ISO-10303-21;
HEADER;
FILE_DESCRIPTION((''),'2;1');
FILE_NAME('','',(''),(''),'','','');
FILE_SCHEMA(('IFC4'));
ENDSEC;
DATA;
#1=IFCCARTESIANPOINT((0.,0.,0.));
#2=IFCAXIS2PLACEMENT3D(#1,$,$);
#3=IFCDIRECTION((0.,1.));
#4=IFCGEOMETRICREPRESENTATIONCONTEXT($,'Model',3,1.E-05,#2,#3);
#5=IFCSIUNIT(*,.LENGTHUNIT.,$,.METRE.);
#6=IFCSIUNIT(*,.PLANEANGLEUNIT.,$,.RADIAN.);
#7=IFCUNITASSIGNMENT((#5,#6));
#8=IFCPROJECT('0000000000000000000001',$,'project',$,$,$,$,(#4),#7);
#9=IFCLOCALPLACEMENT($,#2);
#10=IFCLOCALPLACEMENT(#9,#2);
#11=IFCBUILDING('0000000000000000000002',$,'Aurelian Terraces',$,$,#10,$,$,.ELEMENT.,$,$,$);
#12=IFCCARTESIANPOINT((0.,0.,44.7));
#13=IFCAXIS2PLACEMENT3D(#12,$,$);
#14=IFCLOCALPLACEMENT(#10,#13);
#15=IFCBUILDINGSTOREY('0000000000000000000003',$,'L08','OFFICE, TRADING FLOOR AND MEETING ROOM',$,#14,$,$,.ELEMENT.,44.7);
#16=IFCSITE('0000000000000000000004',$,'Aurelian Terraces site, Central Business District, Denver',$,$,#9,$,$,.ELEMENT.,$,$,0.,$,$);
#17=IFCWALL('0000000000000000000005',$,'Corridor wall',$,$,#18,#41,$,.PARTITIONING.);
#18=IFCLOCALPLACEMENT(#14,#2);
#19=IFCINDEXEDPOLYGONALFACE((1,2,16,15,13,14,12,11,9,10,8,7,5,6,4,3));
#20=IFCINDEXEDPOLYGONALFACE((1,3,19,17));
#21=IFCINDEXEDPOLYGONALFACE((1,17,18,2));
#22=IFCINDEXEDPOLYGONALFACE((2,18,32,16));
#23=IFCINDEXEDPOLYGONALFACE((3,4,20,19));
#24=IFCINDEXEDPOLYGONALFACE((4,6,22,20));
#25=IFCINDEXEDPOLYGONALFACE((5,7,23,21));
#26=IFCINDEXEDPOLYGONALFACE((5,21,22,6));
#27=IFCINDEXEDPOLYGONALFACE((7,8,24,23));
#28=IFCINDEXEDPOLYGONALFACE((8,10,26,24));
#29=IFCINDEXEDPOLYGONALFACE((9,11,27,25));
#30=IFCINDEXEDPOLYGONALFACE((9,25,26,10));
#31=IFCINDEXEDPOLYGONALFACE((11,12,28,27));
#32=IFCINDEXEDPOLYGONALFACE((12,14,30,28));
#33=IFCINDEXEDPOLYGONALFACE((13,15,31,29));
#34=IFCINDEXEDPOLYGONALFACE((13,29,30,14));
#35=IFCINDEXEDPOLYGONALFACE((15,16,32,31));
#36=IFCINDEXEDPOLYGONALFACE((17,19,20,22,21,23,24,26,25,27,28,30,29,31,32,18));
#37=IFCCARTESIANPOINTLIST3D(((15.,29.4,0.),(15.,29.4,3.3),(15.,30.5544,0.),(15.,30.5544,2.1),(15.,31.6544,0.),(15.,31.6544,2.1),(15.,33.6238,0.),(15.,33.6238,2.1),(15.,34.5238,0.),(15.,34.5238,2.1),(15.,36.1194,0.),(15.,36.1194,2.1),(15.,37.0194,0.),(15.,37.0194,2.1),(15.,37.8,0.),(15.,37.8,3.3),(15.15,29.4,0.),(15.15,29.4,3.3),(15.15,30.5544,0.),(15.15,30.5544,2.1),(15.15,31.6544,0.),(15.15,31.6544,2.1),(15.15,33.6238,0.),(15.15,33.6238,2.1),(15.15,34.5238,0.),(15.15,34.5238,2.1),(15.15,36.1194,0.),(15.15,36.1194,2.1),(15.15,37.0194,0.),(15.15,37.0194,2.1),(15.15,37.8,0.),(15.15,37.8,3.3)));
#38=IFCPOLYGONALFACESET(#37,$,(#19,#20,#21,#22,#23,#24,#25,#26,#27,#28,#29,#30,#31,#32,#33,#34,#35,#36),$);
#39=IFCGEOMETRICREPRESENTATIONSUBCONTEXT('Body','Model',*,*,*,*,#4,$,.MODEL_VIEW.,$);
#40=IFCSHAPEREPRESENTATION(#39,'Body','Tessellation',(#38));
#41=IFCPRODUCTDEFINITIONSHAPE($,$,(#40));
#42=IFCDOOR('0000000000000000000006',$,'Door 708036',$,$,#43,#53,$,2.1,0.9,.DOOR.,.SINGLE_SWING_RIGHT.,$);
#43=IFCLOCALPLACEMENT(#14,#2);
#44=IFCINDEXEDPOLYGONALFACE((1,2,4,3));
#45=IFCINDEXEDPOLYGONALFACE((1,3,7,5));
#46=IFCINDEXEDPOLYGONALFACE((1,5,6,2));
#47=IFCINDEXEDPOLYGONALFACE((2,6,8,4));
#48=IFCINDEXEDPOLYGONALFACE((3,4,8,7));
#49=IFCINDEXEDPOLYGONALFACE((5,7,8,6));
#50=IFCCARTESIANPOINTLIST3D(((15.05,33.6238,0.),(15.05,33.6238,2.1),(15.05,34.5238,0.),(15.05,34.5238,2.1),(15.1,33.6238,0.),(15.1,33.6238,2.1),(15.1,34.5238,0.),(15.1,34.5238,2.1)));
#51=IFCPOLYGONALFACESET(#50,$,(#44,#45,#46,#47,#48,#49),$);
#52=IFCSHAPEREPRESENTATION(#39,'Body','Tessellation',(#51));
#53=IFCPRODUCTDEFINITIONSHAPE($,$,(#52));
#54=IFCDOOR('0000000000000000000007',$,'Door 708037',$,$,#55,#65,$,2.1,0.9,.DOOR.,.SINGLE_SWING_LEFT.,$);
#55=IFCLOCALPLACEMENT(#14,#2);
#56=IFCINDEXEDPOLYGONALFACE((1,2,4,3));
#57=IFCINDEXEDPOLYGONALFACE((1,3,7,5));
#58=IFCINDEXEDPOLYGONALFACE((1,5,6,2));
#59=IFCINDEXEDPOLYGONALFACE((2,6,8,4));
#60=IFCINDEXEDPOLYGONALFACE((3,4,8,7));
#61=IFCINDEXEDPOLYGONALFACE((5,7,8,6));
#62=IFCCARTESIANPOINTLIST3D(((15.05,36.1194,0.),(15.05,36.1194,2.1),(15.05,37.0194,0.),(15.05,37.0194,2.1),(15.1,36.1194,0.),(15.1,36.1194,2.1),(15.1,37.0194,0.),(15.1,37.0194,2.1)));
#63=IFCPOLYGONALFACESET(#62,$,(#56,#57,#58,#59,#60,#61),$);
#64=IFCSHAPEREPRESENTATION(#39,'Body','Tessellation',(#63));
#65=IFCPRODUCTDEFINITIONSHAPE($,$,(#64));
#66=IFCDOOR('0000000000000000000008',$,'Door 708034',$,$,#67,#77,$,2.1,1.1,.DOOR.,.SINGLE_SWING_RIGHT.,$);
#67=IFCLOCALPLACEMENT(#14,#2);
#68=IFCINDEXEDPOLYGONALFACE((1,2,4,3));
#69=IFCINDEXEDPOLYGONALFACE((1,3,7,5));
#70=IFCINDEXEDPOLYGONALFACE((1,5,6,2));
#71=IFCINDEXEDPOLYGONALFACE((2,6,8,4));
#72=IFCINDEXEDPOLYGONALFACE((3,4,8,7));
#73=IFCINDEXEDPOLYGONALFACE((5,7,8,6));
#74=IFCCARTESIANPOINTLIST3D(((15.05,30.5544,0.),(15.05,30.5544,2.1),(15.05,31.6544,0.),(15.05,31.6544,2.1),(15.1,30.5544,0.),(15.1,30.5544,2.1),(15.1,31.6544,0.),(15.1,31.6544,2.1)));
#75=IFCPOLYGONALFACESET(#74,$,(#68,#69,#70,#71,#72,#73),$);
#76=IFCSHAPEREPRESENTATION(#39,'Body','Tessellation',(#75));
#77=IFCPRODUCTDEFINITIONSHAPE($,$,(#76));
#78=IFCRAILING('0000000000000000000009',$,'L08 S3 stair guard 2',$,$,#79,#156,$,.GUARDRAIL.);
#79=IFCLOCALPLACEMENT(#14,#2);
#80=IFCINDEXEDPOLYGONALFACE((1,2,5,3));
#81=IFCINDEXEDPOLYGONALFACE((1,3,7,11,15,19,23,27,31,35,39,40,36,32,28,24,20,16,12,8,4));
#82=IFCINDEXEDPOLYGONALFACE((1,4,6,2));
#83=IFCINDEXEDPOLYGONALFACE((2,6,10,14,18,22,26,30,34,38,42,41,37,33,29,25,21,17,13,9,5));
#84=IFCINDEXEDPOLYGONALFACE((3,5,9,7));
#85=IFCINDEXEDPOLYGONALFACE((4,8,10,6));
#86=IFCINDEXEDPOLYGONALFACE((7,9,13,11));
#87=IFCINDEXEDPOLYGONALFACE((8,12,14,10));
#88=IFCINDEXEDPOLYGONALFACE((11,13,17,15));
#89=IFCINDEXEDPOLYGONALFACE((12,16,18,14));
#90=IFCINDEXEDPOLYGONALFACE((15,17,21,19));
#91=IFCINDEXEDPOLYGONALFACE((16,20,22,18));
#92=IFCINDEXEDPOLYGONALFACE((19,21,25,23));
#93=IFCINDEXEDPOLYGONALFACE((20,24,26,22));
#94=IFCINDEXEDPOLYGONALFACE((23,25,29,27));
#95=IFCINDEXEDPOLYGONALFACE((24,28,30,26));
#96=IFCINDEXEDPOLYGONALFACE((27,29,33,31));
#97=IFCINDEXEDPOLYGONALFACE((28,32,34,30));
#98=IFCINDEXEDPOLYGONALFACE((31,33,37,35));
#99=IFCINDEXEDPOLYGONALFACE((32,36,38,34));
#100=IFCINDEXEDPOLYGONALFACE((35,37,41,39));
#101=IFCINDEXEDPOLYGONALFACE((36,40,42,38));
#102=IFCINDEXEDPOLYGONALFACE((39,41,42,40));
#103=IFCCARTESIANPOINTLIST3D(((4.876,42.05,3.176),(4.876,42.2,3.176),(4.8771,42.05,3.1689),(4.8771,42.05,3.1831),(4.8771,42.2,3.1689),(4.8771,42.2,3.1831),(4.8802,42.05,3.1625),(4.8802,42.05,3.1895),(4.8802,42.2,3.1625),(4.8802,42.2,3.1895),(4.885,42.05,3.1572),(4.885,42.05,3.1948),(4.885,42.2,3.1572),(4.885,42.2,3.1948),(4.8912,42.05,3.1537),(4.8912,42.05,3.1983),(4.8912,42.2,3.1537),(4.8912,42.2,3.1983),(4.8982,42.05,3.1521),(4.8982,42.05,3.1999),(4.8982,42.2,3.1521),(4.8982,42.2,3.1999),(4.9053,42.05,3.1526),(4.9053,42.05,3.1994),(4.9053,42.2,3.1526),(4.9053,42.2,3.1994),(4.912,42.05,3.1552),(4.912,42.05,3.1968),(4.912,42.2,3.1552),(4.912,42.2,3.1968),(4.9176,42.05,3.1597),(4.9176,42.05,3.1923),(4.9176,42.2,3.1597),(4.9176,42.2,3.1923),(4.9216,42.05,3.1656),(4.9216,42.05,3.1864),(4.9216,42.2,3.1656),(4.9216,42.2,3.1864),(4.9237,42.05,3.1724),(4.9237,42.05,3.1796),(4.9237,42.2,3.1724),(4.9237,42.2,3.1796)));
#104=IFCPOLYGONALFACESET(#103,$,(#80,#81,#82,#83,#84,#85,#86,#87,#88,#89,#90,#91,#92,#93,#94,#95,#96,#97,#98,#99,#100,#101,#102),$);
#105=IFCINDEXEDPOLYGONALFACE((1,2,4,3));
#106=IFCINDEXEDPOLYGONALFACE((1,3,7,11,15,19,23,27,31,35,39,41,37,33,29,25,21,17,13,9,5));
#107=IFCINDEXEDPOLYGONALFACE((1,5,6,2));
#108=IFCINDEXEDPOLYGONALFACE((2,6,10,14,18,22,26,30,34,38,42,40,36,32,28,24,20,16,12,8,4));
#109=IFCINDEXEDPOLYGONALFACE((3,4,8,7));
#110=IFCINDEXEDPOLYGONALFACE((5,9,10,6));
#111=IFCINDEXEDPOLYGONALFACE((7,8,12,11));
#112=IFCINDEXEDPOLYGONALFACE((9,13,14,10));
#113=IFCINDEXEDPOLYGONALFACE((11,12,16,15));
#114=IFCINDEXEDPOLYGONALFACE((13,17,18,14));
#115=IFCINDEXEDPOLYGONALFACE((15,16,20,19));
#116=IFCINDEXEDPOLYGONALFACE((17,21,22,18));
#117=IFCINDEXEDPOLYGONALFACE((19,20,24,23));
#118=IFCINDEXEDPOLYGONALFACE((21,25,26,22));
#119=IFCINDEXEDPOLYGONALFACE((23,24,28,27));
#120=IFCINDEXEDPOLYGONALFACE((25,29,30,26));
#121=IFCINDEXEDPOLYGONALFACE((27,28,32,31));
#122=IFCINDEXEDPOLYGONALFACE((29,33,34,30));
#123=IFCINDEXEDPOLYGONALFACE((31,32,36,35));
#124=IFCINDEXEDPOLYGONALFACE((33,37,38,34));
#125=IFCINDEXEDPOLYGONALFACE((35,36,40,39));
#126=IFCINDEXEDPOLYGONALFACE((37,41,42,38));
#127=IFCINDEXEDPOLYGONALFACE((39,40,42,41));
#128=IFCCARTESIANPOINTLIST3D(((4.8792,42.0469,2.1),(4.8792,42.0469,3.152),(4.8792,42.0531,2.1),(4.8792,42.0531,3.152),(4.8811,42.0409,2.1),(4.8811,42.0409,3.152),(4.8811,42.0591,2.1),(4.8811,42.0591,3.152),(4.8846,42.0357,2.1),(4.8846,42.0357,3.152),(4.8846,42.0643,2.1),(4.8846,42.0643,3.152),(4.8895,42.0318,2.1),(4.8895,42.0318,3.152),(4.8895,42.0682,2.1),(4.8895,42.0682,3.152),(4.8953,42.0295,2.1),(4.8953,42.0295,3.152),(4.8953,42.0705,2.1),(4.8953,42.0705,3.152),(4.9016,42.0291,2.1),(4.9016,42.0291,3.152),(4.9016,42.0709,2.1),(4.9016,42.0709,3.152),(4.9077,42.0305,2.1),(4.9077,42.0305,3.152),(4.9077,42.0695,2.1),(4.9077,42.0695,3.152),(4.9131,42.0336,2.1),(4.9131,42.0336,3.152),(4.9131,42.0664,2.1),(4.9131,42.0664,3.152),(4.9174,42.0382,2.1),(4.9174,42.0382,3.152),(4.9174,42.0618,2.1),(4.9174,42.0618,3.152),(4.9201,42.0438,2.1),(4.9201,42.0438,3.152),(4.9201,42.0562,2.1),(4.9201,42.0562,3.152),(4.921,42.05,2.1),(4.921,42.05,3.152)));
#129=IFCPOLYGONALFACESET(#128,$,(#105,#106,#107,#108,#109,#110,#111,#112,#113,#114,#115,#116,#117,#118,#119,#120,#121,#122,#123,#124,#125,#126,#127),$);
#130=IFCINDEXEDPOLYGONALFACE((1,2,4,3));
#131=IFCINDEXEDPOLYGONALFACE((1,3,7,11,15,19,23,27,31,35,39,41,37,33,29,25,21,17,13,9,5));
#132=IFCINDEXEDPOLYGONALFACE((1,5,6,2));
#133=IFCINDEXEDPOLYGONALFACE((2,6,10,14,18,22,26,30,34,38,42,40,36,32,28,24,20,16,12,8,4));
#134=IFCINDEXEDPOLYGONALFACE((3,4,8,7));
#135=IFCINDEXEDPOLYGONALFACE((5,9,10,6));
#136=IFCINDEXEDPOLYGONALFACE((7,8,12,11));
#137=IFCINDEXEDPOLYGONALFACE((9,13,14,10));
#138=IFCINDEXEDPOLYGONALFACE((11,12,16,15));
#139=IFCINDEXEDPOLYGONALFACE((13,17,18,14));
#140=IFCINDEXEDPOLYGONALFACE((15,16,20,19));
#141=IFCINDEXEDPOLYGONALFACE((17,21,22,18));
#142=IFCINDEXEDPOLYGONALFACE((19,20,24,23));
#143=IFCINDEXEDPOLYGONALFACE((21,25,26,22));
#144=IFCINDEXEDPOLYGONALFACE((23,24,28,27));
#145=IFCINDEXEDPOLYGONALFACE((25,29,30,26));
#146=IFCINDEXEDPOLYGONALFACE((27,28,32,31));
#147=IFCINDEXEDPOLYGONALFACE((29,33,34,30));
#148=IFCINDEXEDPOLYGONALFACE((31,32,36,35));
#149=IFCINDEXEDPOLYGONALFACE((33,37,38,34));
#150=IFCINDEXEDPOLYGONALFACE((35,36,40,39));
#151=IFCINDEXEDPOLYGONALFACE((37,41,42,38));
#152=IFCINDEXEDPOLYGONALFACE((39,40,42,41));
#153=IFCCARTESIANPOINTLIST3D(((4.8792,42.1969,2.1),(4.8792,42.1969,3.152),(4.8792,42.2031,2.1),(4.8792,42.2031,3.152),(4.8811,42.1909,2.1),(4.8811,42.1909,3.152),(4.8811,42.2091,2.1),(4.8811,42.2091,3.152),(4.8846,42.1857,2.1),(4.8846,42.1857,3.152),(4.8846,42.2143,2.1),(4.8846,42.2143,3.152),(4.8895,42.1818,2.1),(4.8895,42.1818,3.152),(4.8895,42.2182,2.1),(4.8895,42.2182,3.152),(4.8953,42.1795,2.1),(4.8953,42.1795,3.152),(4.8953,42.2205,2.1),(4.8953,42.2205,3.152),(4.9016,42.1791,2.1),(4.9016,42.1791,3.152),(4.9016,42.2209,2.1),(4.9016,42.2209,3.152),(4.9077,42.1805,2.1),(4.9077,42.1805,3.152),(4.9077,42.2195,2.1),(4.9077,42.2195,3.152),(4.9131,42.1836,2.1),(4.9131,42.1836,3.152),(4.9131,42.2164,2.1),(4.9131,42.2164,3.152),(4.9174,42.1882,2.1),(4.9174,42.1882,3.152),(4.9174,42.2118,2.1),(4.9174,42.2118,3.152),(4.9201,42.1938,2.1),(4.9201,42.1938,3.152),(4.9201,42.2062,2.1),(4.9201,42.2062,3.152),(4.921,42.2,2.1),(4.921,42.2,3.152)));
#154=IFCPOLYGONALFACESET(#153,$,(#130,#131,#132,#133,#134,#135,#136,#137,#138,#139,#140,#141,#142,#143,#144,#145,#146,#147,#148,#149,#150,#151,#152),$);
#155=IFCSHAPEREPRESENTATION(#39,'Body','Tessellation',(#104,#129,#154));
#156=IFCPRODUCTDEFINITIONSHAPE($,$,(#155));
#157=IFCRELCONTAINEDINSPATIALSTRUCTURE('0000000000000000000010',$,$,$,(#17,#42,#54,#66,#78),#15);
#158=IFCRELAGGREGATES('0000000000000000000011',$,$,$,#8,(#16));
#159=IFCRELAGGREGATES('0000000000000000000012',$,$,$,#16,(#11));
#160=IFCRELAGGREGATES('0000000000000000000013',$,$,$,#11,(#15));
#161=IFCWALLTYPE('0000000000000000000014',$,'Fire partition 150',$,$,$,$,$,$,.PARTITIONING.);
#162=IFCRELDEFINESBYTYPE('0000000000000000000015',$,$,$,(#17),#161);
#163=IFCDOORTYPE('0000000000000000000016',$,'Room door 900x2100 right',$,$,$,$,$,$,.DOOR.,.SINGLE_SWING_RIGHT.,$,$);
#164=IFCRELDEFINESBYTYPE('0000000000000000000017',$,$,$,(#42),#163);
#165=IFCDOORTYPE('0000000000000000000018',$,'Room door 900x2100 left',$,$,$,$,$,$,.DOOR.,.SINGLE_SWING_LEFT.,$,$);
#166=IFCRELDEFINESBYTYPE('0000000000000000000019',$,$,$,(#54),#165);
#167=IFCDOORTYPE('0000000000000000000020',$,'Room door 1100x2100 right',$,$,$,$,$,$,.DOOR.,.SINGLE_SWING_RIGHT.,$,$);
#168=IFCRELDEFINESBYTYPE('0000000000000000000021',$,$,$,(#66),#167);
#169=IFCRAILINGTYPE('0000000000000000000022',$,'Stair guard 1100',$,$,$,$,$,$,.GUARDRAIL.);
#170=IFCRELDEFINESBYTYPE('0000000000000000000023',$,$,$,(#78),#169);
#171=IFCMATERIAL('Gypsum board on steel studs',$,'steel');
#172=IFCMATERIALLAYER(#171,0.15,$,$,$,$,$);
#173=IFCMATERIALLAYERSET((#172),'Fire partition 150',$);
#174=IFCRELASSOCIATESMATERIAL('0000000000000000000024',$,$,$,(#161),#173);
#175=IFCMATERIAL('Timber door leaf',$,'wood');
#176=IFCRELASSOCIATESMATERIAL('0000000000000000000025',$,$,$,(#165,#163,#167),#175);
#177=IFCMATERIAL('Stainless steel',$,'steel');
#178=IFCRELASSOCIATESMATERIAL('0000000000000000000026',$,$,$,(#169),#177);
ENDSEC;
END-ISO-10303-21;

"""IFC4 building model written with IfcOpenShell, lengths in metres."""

from ifc_helpers import new_model, si_unit, direction, frame, frame_2d, origin, origin_2d, place, context, subcontext, project, spatial, rectangle, circle, extrude, source, transform, mapped, material, layer, layer_set, type_object, element, fill, save


model = new_model("IFC4")

# Units and contexts
model_context = context("Model", 3, precision=1e-05, world=origin(), true_north=direction((0.0, 1.0)))
body_context = subcontext(model_context, "Body", "Model", "MODEL_VIEW")
ifc_project = project(units=[si_unit("LENGTHUNIT", "METRE"), si_unit("PLANEANGLEUNIT", "RADIAN")], contexts=[model_context])

# Site, building, storey
site_placement = place(None, origin())
site = spatial("IfcSite", under=ifc_project, at=site_placement, Name="Aurelian Terraces site, Central Business District, Denver", CompositionType="ELEMENT", RefElevation=0.0)
building_placement = place(site_placement, origin())
building = spatial("IfcBuilding", under=site, at=building_placement, Name="Aurelian Terraces", CompositionType="ELEMENT")
storey_placement = place(building_placement, frame((0.0, 0.0, 44.7)))
storey = spatial("IfcBuildingStorey", under=building, at=storey_placement, Name="L08", Description="OFFICE, TRADING FLOOR AND MEETING ROOM", CompositionType="ELEMENT", Elevation=44.7)

# Shared definitions
ifc_material_1 = material(Name="Gypsum board on steel studs", Category="steel")
shared_shape_1 = source(origin(), body_context, "Body", "SweptSolid", [
    extrude(rectangle(XDim=1.1, YDim=2.1, at=frame_2d((0.55, 1.05))), frame((0.0, 0.085, 0.0), z_axis=(0.0, -1.0, 0.0), x_axis=(1.0, 0.0, 0.0)), (0.0, 0.0, 1.0), 0.17),
])
ifc_material_2 = material(Name="Timber door leaf", Category="wood")
shared_shape_2 = source(origin(), body_context, "Body", "SweptSolid", [
    extrude(rectangle(XDim=1.1, YDim=2.1, at=frame_2d((0.55, 1.05))), frame((0.0, 0.025, 0.0), z_axis=(0.0, -1.0, 0.0), x_axis=(1.0, 0.0, 0.0)), (0.0, 0.0, 1.0), 0.05),
])

# Shared definitions
shared_shape_3 = source(origin(), body_context, "Body", "SweptSolid", [
    extrude(rectangle(XDim=0.9, YDim=2.1, at=frame_2d((0.45, 1.05))), frame((0.0, 0.025, 0.0), z_axis=(0.0, -1.0, 0.0), x_axis=(1.0, 0.0, 0.0)), (0.0, 0.0, 1.0), 0.05),
])

# Shared definitions
ifc_layer_1 = layer(ifc_material_1, 0.15)
ifc_layer_set_1 = layer_set([ifc_layer_1], Name="Fire partition 150")
wall_type_1 = type_object("IfcWallType", Name="Fire partition 150", PredefinedType="PARTITIONING", material=ifc_layer_set_1)

# Shared definitions
shared_shape_4 = source(origin(), body_context, "Body", "SweptSolid", [
    extrude(rectangle(XDim=0.9, YDim=2.1, at=frame_2d((0.45, 1.05))), frame((0.0, 0.085, 0.0), z_axis=(0.0, -1.0, 0.0), x_axis=(1.0, 0.0, 0.0)), (0.0, 0.0, 1.0), 0.17),
])
door_type_1 = type_object("IfcDoorType", Name="Room door 900x2100 left", OperationType="SINGLE_SWING_LEFT", PredefinedType="DOOR", material=ifc_material_2)

# Wall, openings, doors
shared_shape_5 = source(origin(), body_context, "Body", "SweptSolid", [
    extrude(rectangle(XDim=8.4, YDim=0.15, at=frame_2d((4.2, 0.0))), origin(), (0.0, 0.0, 1.0), 3.3),
])
wall_1_placement = place(storey_placement, frame((15.075, 29.4, 0.0), z_axis=(0.0, 0.0, 1.0), x_axis=(0.0, 1.0, 0.0)))
wall_1 = element("IfcWall", 1, at=wall_1_placement, inside=storey, type_object=wall_type_1, Name="Corridor wall", PredefinedType="PARTITIONING", context=body_context, shape_type="MappedRepresentation", body=[
    mapped(shared_shape_5, transform((0.0, 0.0, 0.0), scale=1.0)),
])
opening_1_placement = place(wall_1_placement, frame((1.1544, 0.0, 0.0)))
opening_1 = element("IfcOpeningElement", 2, at=opening_1_placement, cuts=wall_1, PredefinedType="OPENING", context=body_context, shape_type="MappedRepresentation", body=[
    mapped(shared_shape_1, transform((0.0, 0.0, 0.0), scale=1.0)),
])
opening_2_placement = place(wall_1_placement, frame((4.2238, 0.0, 0.0)))
opening_2 = element("IfcOpeningElement", 3, at=opening_2_placement, cuts=wall_1, PredefinedType="OPENING", context=body_context, shape_type="MappedRepresentation", body=[
    mapped(shared_shape_4, transform((0.0, 0.0, 0.0), scale=1.0)),
])
opening_3_placement = place(wall_1_placement, frame((6.7194, 0.0, 0.0)))
opening_3 = element("IfcOpeningElement", 4, at=opening_3_placement, cuts=wall_1, PredefinedType="OPENING", context=body_context, shape_type="MappedRepresentation", body=[
    mapped(shared_shape_4, transform((0.0, 0.0, 0.0), scale=1.0)),
])
door_type_2 = type_object("IfcDoorType", Name="Room door 900x2100 right", OperationType="SINGLE_SWING_RIGHT", PredefinedType="DOOR", material=ifc_material_2)
door_1_placement = place(opening_2_placement, origin())
door_1 = element("IfcDoor", 5, at=door_1_placement, inside=storey, type_object=door_type_2, Name="Door 708036", OperationType="SINGLE_SWING_RIGHT", OverallHeight=2.1, OverallWidth=0.9, PredefinedType="DOOR", context=body_context, shape_type="MappedRepresentation", body=[
    mapped(shared_shape_3, transform((0.0, 0.0, 0.0), scale=1.0)),
])
fill(opening_2, door_1)
door_2_placement = place(opening_3_placement, origin())
door_2 = element("IfcDoor", 6, at=door_2_placement, inside=storey, type_object=door_type_1, Name="Door 708037", OperationType="SINGLE_SWING_LEFT", OverallHeight=2.1, OverallWidth=0.9, PredefinedType="DOOR", context=body_context, shape_type="MappedRepresentation", body=[
    mapped(shared_shape_3, transform((0.0, 0.0, 0.0), scale=1.0)),
])
fill(opening_3, door_2)
door_type_3 = type_object("IfcDoorType", Name="Room door 1100x2100 right", OperationType="SINGLE_SWING_RIGHT", PredefinedType="DOOR", material=ifc_material_2)
door_3_placement = place(opening_1_placement, origin())
door_3 = element("IfcDoor", 7, at=door_3_placement, inside=storey, type_object=door_type_3, Name="Door 708034", OperationType="SINGLE_SWING_RIGHT", OverallHeight=2.1, OverallWidth=1.1, PredefinedType="DOOR", context=body_context, shape_type="MappedRepresentation", body=[
    mapped(shared_shape_2, transform((0.0, 0.0, 0.0), scale=1.0)),
])
fill(opening_1, door_3)

# Railing
ifc_material_3 = material(Name="Stainless steel", Category="steel")
railing_type = type_object("IfcRailingType", Name="Stair guard 1100", PredefinedType="GUARDRAIL", material=ifc_material_3)
shared_shape_6 = source(origin(), body_context, "Body", "SweptSolid", [
    extrude(circle(Radius=0.024, at=origin_2d()), frame((0.0, 0.0, 1.076), z_axis=(0.0, 1.0, 0.0), x_axis=(-1.0, 0.0, 0.0)), (0.0, 0.0, 1.0), 0.15),
    extrude(circle(Radius=0.021, at=origin_2d()), origin(), (0.0, 0.0, 1.0), 1.052),
    extrude(circle(Radius=0.021, at=origin_2d()), frame((0.0, 0.15, 0.0)), (0.0, 0.0, 1.0), 1.052),
])
railing_placement = place(storey_placement, frame((4.9, 42.05, 2.1)))
element("IfcRailing", 8, at=railing_placement, inside=storey, type_object=railing_type, Name="L08 S3 stair guard 2", PredefinedType="GUARDRAIL", context=body_context, shape_type="MappedRepresentation", body=[
    mapped(shared_shape_6, transform((0.0, 0.0, 0.0), scale=1.0)),
])

save(model, "model.ifc")
